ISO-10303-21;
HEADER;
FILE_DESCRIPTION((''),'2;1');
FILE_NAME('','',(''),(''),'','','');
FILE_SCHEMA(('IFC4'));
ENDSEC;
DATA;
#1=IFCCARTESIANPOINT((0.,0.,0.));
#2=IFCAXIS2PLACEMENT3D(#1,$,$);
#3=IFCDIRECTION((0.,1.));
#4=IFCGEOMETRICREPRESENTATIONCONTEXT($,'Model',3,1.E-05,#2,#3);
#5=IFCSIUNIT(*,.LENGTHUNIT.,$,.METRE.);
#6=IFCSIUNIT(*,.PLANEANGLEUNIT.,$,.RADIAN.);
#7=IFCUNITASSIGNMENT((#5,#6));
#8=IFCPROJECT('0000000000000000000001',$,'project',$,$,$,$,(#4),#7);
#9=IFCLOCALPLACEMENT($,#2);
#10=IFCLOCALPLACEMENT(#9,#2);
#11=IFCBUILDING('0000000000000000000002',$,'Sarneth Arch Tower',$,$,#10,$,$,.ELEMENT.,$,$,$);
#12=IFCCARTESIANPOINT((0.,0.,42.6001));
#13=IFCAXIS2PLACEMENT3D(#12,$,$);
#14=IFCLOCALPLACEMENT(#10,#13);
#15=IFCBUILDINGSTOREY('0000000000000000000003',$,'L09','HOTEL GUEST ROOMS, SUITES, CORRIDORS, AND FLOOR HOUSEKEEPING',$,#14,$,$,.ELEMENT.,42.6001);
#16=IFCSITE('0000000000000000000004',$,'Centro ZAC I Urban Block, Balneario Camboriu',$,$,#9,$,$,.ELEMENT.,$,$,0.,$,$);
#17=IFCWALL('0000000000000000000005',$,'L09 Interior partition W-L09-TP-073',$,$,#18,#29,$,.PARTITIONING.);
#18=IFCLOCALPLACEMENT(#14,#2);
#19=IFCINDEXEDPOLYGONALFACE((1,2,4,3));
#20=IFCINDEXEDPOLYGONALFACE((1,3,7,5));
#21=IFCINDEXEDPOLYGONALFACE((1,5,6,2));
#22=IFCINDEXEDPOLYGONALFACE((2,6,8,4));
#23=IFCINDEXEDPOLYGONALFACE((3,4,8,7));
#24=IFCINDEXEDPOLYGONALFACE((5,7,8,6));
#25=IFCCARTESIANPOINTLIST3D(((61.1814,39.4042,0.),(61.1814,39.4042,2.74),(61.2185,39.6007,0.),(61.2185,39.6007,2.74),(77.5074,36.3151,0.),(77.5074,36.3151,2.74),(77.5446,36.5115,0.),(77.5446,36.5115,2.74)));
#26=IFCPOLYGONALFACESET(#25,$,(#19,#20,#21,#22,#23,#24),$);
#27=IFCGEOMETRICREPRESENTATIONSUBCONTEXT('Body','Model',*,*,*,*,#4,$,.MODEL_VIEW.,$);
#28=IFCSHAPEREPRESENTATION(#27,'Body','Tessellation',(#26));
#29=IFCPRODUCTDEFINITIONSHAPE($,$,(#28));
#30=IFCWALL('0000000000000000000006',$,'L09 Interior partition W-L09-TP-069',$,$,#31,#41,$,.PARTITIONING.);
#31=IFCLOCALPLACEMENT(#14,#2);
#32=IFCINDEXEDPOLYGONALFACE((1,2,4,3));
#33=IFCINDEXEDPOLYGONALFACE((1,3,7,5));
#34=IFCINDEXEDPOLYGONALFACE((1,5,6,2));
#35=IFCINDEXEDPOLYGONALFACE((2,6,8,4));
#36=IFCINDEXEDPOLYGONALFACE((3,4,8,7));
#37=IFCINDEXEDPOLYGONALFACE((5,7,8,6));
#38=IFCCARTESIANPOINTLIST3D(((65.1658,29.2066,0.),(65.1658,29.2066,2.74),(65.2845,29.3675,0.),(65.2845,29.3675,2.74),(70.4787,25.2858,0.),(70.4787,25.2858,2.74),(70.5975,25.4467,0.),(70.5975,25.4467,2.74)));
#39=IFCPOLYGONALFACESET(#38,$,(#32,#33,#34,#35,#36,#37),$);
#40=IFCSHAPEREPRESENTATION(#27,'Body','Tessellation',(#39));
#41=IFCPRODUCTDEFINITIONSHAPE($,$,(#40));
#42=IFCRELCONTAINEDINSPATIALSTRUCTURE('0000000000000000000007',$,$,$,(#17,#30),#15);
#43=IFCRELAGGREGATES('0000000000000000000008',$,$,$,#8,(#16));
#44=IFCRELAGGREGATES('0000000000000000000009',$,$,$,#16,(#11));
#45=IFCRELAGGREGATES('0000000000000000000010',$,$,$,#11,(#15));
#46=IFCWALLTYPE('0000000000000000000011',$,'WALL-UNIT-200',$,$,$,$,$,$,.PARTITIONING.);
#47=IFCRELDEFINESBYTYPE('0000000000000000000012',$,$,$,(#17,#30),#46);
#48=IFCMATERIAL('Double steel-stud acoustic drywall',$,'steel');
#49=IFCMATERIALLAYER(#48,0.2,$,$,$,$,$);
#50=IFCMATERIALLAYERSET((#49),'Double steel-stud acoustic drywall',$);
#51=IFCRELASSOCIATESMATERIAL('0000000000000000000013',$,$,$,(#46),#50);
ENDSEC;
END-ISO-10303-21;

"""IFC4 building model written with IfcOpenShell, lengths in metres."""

from ifc_helpers import new_model, si_unit, direction, frame, frame_2d, origin, place, context, subcontext, project, spatial, rectangle, extrude, material, layer, layer_set, type_object, element, save


model = new_model("IFC4")

# Units and contexts
model_context = context("Model", 3, precision=1e-05, world=origin(), true_north=direction((0.0, 1.0)))
body_context = subcontext(model_context, "Body", "Model", "MODEL_VIEW")
ifc_project = project(units=[si_unit("LENGTHUNIT", "METRE"), si_unit("PLANEANGLEUNIT", "RADIAN")], contexts=[model_context])

# Site, building, storey
site_placement = place(None, origin())
site = spatial("IfcSite", under=ifc_project, at=site_placement, Name="Centro ZAC I Urban Block, Balneario Camboriu", CompositionType="ELEMENT", RefElevation=0.0)
building_placement = place(site_placement, origin())
building = spatial("IfcBuilding", under=site, at=building_placement, Name="Sarneth Arch Tower", CompositionType="ELEMENT")
storey_placement = place(building_placement, frame((0.0, 0.0, 42.6001)))
storey = spatial("IfcBuildingStorey", under=building, at=storey_placement, Name="L09", Description="HOTEL GUEST ROOMS, SUITES, CORRIDORS, AND FLOOR HOUSEKEEPING", CompositionType="ELEMENT", Elevation=42.6001)

# Walls
ifc_material_1 = material(Name="Double steel-stud acoustic drywall", Category="steel")
ifc_layer_1 = layer(ifc_material_1, 0.2)
ifc_layer_set_1 = layer_set([ifc_layer_1], Name="Double steel-stud acoustic drywall")
wall_type_1 = type_object("IfcWallType", Name="WALL-UNIT-200", PredefinedType="PARTITIONING", material=ifc_layer_set_1)
wall_1_placement = place(storey_placement, frame((61.2, 39.5024, 0.0), z_axis=(0.0, 0.0, 1.0), x_axis=(0.982566, -0.185916, 0.0)))
element("IfcWall", 1, at=wall_1_placement, inside=storey, type_object=wall_type_1, Name="L09 Interior partition W-L09-TP-073", PredefinedType="PARTITIONING", context=body_context, shape_type="SweptSolid", body=[
    extrude(rectangle(XDim=16.6157, YDim=0.2, at=frame_2d((8.3079, 0.0))), origin(), (0.0, 0.0, 1.0), 2.74),
])
wall_2_placement = place(storey_placement, frame((70.5381, 25.3662, 0.0), z_axis=(0.0, 0.0, 1.0), x_axis=(-0.804617, 0.593794, 0.0)))
element("IfcWall", 2, at=wall_2_placement, inside=storey, type_object=wall_type_1, Name="L09 Interior partition W-L09-TP-069", PredefinedType="PARTITIONING", context=body_context, shape_type="SweptSolid", body=[
    extrude(rectangle(XDim=6.603, YDim=0.2, at=frame_2d((3.3015, 0.0))), origin(), (0.0, 0.0, 1.0), 2.74),
])

save(model, "model.ifc")
